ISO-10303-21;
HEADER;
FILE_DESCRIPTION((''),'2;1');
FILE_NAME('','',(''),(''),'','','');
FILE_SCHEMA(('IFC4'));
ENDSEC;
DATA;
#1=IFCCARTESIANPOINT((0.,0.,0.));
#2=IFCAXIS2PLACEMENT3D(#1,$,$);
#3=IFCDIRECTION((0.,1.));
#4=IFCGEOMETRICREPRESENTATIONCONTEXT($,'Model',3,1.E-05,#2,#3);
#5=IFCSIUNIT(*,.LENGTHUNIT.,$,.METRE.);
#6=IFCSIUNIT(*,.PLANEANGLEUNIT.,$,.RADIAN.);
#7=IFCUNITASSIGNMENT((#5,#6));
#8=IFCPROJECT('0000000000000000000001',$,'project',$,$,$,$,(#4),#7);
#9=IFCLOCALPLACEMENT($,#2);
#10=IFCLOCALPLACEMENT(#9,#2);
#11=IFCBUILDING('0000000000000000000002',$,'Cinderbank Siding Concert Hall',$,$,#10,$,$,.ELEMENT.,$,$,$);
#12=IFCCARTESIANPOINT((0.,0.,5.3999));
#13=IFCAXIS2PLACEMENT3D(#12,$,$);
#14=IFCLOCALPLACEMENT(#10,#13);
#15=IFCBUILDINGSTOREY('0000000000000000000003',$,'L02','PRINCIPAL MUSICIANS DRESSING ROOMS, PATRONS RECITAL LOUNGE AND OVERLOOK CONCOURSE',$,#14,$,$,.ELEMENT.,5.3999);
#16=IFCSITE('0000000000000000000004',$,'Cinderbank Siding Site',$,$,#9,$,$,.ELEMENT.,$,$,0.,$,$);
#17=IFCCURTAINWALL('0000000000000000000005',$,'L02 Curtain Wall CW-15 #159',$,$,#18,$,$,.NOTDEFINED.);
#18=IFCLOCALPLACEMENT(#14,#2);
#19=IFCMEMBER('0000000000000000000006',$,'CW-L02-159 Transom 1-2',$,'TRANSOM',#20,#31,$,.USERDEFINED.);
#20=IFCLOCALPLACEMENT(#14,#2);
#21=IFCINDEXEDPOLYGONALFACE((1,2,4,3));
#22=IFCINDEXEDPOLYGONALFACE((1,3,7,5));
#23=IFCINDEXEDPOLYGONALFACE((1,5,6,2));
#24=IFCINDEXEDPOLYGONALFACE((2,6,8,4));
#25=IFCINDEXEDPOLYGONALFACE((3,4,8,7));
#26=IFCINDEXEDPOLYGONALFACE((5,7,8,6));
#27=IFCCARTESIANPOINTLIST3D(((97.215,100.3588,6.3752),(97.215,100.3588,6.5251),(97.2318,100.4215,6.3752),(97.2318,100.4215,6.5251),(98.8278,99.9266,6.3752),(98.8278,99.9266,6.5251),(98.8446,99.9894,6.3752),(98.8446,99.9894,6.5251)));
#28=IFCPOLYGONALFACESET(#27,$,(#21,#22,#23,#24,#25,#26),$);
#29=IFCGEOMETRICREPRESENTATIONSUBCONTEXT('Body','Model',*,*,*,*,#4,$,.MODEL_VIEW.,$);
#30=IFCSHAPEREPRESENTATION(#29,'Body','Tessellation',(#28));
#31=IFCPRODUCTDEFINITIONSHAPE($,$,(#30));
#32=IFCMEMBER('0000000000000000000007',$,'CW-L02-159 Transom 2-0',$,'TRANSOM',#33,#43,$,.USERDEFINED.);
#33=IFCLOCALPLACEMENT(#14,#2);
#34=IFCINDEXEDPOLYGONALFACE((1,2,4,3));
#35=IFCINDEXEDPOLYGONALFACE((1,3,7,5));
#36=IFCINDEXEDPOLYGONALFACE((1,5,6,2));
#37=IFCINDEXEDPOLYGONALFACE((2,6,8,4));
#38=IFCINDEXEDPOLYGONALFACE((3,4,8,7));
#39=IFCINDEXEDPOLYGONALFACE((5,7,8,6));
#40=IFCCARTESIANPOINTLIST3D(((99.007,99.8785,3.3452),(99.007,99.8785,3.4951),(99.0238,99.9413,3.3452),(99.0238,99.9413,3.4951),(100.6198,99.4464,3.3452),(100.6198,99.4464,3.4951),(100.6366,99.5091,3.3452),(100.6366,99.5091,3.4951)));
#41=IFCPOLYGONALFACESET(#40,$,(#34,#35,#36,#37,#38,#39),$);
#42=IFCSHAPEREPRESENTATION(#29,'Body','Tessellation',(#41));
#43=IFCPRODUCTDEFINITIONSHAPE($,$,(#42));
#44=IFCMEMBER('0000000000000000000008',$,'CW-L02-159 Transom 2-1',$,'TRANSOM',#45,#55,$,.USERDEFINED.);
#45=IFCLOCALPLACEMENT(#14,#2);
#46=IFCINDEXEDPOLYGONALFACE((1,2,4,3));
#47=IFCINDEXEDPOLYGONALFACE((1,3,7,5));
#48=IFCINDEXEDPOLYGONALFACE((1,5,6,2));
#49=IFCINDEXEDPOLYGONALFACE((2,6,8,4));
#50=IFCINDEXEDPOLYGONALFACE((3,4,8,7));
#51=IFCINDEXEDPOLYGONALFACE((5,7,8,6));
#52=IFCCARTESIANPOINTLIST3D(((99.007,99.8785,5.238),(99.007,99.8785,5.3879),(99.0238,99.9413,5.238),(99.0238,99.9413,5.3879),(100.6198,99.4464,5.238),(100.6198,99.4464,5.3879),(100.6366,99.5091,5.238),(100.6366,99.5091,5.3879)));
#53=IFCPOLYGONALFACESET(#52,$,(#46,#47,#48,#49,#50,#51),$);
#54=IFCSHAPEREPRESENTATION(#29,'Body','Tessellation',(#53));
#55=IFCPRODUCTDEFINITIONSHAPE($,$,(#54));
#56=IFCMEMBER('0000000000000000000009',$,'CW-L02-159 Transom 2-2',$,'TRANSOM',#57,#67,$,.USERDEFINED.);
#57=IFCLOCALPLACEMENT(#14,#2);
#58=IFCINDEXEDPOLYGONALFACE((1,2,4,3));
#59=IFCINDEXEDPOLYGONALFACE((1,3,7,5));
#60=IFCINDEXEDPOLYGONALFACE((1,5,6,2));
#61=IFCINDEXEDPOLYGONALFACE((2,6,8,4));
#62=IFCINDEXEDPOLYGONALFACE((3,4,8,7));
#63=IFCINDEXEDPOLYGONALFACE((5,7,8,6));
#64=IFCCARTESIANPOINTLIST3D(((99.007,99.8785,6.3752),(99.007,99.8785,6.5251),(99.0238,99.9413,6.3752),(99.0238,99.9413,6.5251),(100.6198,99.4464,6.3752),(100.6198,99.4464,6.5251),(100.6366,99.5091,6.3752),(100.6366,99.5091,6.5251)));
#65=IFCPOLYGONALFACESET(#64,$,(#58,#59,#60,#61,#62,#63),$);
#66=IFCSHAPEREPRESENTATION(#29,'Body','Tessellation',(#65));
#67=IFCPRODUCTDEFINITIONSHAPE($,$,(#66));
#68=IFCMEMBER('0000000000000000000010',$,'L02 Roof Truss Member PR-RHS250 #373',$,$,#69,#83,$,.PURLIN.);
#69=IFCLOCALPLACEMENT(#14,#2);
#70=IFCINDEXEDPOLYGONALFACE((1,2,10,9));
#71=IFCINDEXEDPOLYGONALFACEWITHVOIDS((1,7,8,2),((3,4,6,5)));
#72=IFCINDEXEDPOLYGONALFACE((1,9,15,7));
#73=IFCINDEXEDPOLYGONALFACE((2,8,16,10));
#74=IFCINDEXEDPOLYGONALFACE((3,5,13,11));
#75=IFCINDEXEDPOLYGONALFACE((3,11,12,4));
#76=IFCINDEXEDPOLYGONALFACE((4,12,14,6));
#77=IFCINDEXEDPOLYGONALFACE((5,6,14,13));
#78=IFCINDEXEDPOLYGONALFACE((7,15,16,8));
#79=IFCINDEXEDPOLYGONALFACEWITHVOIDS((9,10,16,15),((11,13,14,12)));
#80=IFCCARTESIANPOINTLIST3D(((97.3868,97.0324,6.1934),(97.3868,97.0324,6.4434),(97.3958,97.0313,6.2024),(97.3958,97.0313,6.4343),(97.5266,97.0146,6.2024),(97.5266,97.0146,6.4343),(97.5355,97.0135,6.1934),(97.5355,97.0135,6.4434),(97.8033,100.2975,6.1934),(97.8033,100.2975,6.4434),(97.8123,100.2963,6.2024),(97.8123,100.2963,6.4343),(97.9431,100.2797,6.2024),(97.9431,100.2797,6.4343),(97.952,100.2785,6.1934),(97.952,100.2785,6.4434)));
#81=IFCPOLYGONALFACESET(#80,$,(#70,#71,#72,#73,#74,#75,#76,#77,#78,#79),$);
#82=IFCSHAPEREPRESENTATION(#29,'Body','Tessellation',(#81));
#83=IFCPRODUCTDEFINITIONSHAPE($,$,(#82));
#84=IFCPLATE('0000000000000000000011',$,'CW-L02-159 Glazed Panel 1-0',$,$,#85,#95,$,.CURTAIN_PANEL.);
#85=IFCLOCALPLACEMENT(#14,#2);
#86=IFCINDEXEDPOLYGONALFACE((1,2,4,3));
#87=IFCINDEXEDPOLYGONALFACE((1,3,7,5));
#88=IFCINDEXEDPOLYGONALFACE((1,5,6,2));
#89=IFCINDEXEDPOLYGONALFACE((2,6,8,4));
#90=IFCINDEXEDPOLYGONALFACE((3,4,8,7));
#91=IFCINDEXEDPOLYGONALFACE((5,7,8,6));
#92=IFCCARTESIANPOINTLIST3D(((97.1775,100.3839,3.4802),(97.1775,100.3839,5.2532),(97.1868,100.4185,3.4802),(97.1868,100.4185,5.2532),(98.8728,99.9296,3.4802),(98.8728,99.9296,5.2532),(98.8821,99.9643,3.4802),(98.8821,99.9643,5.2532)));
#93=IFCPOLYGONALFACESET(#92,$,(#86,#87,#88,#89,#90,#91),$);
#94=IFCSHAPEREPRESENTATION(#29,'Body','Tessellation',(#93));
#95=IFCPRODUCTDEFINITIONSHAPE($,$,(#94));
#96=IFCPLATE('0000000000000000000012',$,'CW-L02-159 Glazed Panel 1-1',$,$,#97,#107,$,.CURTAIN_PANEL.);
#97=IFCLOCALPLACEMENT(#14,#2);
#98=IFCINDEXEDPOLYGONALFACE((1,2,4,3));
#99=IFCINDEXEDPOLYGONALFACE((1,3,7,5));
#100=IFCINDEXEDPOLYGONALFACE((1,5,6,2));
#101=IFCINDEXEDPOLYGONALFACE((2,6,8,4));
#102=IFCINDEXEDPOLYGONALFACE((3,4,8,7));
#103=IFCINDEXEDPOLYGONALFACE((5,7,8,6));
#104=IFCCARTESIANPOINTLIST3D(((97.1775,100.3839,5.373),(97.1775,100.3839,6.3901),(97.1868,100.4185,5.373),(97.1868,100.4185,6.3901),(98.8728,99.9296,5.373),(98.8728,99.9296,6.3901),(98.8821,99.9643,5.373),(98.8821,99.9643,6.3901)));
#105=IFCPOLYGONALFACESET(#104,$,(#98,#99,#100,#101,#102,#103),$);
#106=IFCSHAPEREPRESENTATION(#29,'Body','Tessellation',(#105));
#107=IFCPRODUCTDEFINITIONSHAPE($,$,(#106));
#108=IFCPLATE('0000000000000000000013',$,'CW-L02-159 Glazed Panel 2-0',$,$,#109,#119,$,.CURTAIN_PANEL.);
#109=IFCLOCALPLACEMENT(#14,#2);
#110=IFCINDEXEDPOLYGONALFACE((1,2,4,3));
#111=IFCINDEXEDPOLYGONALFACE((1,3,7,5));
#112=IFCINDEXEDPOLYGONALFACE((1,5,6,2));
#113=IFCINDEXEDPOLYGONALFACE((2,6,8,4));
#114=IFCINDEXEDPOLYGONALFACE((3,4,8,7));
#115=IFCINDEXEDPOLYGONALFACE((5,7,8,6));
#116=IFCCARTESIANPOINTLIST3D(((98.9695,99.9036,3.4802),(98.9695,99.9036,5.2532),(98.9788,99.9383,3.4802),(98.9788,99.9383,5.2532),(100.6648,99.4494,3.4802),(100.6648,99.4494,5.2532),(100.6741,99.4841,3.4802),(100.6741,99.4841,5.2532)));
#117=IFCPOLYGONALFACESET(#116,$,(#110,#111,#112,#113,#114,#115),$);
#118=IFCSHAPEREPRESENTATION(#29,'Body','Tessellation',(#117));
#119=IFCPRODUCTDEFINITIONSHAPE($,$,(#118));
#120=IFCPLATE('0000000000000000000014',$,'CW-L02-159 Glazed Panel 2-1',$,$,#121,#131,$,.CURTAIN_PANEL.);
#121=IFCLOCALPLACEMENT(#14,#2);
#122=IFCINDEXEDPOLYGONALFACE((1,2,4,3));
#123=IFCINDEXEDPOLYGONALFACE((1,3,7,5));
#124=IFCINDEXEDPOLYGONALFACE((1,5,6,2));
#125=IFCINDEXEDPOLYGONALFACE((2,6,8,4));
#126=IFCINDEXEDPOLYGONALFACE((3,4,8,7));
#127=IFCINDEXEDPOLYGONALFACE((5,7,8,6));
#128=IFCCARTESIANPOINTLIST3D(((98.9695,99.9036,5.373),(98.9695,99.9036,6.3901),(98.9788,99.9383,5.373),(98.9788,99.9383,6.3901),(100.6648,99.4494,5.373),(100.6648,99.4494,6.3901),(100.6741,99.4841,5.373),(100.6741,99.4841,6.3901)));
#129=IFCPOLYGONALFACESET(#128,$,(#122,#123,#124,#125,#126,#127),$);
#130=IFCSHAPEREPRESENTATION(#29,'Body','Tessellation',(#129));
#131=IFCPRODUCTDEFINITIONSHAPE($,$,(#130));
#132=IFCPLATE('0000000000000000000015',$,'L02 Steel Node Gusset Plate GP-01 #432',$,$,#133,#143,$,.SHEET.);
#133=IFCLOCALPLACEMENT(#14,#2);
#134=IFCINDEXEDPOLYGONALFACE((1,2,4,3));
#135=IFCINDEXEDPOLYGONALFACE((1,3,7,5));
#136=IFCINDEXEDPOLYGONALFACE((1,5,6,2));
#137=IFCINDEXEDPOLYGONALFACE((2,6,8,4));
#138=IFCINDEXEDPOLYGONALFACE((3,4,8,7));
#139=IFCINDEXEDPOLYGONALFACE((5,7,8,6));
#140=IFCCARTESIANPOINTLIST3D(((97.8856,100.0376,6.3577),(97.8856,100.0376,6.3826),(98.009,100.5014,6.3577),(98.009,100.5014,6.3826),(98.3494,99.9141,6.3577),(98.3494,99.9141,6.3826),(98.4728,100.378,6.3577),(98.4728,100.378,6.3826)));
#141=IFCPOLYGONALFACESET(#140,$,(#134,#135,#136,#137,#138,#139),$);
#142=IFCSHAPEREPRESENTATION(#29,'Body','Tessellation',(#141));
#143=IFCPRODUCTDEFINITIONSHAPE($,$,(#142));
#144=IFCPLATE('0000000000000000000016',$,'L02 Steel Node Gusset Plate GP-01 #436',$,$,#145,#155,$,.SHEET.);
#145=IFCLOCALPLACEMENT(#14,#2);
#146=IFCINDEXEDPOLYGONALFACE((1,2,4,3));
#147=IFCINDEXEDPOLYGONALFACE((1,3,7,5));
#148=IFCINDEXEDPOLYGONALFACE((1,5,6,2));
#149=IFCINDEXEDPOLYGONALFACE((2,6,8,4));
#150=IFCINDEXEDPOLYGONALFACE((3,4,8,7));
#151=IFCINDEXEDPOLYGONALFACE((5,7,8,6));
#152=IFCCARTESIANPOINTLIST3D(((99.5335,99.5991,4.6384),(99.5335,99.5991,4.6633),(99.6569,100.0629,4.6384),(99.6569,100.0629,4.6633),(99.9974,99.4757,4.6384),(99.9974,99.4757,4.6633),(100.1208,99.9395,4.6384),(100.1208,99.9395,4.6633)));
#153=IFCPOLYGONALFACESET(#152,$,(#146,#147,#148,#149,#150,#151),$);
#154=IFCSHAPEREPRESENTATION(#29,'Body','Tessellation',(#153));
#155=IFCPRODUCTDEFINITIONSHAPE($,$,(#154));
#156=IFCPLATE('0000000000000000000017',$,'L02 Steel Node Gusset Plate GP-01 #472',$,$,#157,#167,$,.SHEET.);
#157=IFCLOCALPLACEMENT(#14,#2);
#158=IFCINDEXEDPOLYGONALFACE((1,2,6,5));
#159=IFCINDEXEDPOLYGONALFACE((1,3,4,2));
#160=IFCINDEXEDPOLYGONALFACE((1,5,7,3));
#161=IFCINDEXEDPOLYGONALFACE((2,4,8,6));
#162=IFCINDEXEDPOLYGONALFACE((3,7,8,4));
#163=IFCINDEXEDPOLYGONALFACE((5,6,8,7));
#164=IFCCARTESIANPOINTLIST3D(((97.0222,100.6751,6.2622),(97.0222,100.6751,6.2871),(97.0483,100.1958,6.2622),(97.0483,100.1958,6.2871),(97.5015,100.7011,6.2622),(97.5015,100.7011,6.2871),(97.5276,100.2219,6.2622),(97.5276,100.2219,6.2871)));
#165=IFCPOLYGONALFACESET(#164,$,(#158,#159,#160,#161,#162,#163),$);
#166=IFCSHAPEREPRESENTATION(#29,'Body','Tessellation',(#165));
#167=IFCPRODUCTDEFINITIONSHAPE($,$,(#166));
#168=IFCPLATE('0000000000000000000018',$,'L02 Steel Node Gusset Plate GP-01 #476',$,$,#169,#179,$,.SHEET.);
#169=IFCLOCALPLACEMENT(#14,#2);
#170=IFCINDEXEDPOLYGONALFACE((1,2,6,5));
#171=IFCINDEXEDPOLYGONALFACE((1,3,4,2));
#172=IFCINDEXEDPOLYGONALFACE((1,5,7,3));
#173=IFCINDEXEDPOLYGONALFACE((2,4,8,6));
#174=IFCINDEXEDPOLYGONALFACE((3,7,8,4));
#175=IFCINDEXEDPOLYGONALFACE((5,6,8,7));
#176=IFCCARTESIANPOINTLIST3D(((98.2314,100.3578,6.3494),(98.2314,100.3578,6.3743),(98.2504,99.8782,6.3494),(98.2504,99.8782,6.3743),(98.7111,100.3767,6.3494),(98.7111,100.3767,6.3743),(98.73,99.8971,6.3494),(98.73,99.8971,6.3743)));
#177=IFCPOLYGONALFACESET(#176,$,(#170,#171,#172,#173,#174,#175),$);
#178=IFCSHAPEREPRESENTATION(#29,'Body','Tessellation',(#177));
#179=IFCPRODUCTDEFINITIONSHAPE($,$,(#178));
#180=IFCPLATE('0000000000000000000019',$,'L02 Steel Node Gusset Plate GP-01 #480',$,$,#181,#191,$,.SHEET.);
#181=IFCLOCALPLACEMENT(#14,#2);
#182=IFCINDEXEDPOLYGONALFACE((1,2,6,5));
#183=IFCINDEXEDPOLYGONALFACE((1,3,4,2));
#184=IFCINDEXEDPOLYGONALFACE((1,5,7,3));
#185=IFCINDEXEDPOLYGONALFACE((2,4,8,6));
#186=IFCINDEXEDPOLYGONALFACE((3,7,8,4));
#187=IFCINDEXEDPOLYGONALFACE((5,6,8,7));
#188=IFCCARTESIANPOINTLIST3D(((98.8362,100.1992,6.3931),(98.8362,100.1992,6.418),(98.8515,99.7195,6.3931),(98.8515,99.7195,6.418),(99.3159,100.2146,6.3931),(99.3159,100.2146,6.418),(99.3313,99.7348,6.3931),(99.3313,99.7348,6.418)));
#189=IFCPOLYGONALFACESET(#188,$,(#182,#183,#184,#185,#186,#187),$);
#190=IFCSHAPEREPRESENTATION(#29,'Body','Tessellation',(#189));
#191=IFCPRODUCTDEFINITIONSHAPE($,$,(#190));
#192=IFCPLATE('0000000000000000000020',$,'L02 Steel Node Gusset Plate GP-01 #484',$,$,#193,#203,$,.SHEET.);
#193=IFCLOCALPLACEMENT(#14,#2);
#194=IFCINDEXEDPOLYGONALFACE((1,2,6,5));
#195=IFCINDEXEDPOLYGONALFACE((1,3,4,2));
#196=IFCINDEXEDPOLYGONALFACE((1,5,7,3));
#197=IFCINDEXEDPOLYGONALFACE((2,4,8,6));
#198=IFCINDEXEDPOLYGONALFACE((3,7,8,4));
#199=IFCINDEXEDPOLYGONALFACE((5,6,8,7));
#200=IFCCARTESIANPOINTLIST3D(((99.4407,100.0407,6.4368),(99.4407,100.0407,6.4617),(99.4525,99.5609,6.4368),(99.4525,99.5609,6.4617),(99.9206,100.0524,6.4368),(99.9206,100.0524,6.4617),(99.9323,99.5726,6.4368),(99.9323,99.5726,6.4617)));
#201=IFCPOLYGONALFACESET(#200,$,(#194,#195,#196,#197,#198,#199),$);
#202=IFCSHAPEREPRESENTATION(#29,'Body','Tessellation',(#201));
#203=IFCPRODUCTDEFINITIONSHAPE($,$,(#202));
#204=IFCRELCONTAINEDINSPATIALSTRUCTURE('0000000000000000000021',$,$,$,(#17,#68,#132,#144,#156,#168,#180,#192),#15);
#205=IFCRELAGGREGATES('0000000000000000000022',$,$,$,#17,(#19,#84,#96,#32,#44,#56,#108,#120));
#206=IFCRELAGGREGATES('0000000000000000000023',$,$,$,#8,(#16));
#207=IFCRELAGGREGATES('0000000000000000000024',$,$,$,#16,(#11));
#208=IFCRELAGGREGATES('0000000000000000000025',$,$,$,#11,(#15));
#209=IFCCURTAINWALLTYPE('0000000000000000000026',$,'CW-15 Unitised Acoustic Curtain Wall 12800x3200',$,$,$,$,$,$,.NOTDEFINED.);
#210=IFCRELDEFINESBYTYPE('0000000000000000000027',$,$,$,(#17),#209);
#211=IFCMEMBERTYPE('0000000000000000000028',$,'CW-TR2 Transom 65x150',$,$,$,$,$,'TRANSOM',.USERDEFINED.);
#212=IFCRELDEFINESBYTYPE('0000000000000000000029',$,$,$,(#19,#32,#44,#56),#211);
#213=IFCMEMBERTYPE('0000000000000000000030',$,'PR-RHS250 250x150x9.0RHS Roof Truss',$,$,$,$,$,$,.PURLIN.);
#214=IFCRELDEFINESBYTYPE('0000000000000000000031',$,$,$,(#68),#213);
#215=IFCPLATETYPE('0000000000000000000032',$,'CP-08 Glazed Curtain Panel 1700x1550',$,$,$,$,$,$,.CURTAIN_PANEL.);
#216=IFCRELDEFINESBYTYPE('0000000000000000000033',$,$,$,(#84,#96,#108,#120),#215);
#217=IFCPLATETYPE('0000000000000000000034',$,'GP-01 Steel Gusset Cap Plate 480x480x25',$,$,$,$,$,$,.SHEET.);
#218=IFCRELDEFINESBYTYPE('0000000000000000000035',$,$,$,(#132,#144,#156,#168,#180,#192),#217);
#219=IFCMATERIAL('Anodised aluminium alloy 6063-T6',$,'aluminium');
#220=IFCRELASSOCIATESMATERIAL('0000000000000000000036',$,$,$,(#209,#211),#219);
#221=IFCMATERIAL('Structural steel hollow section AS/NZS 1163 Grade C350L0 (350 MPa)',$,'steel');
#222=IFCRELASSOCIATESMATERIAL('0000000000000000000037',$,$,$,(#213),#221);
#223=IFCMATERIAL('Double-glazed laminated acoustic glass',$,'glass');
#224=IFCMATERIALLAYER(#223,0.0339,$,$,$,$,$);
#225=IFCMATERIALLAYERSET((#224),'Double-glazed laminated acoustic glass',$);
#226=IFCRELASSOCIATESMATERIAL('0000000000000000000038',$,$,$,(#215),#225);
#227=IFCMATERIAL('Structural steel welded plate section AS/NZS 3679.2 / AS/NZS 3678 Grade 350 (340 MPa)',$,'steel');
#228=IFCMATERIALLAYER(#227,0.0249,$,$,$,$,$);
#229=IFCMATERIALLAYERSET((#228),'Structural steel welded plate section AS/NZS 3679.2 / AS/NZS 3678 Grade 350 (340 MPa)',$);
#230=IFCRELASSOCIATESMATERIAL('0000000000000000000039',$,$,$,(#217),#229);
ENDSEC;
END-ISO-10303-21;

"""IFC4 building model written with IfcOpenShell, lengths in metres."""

from ifc_helpers import new_model, si_unit, direction, frame, origin, origin_2d, place, context, subcontext, project, spatial, rectangle, hollow_rectangle, extrude, material, layer, layer_set, material_profile, profile_set, type_object, element, aggregate, save


model = new_model("IFC4")

# Units and contexts
model_context = context("Model", 3, precision=1e-05, world=origin(), true_north=direction((0.0, 1.0)))
body_context = subcontext(model_context, "Body", "Model", "MODEL_VIEW")
ifc_project = project(units=[si_unit("LENGTHUNIT", "METRE"), si_unit("PLANEANGLEUNIT", "RADIAN")], contexts=[model_context])

# Site, building, storey
site_placement = place(None, origin())
site = spatial("IfcSite", under=ifc_project, at=site_placement, Name="Cinderbank Siding Site", CompositionType="ELEMENT", RefElevation=0.0)
building_placement = place(site_placement, origin())
building = spatial("IfcBuilding", under=site, at=building_placement, Name="Cinderbank Siding Concert Hall", CompositionType="ELEMENT")
storey_placement = place(building_placement, frame((0.0, 0.0, 5.3999)))
storey = spatial("IfcBuildingStorey", under=building, at=storey_placement, Name="L02", Description="PRINCIPAL MUSICIANS DRESSING ROOMS, PATRONS RECITAL LOUNGE AND OVERLOOK CONCOURSE", CompositionType="ELEMENT", Elevation=5.3999)

# Shared definitions
ifc_material_1 = material(Name="Structural steel hollow section AS/NZS 1163 Grade C350L0 (350 MPa)", Category="steel")

# Curtain wall, members
ifc_material_2 = material(Name="Anodised aluminium alloy 6063-T6", Category="aluminium")
curtain_wall_type = type_object("IfcCurtainWallType", Name="CW-15 Unitised Acoustic Curtain Wall 12800x3200", PredefinedType="NOTDEFINED", material=ifc_material_2)
curtain_wall_placement = place(storey_placement, origin())
curtain_wall = element("IfcCurtainWall", 1, at=curtain_wall_placement, inside=storey, type_object=curtain_wall_type, Name="L02 Curtain Wall CW-15 #159", PredefinedType="NOTDEFINED")
ifc_material_profile_1 = material_profile(ifc_material_2, rectangle(XDim=0.0649, YDim=0.1499, at=origin_2d()), Name="ALU-TRAN-65x150", Category="LoadBearing")
ifc_profile_set_1 = profile_set([ifc_material_profile_1], Name="Anodised aluminium alloy 6063-T6")
member_type_1 = type_object("IfcMemberType", Name="CW-TR2 Transom 65x150", ElementType="TRANSOM", PredefinedType="USERDEFINED", material=ifc_profile_set_1)
member_1_placement = place(storey_placement, frame((97.2234, 100.3901, 6.4502), z_axis=(0.965928, -0.258809, 0.0), x_axis=(0.258809, 0.965928, 0.0)))
member_1 = element("IfcMember", 2, at=member_1_placement, type_object=member_type_1, Name="CW-L02-159 Transom 1-2", ObjectType="TRANSOM", PredefinedType="USERDEFINED", context=body_context, shape_type="SweptSolid", body=[
    extrude(rectangle(XDim=0.0649, YDim=0.1499, at=origin_2d()), origin(), (0.0, 0.0, 1.0), 1.6697),
])
member_2_placement = place(storey_placement, frame((99.0154, 99.9099, 3.4202), z_axis=(0.965928, -0.258809, 0.0), x_axis=(0.258809, 0.965928, 0.0)))
member_2 = element("IfcMember", 3, at=member_2_placement, type_object=member_type_1, Name="CW-L02-159 Transom 2-0", ObjectType="TRANSOM", PredefinedType="USERDEFINED", context=body_context, shape_type="SweptSolid", body=[
    extrude(rectangle(XDim=0.0649, YDim=0.1499, at=origin_2d()), origin(), (0.0, 0.0, 1.0), 1.6697),
])
member_3_placement = place(storey_placement, frame((99.0154, 99.9099, 5.313), z_axis=(0.965928, -0.258809, 0.0), x_axis=(0.258809, 0.965928, 0.0)))
member_3 = element("IfcMember", 4, at=member_3_placement, type_object=member_type_1, Name="CW-L02-159 Transom 2-1", ObjectType="TRANSOM", PredefinedType="USERDEFINED", context=body_context, shape_type="SweptSolid", body=[
    extrude(rectangle(XDim=0.0649, YDim=0.1499, at=origin_2d()), origin(), (0.0, 0.0, 1.0), 1.6697),
])
member_4_placement = place(storey_placement, frame((99.0154, 99.9099, 6.4502), z_axis=(0.965928, -0.258809, 0.0), x_axis=(0.258809, 0.965928, 0.0)))
member_4 = element("IfcMember", 5, at=member_4_placement, type_object=member_type_1, Name="CW-L02-159 Transom 2-2", ObjectType="TRANSOM", PredefinedType="USERDEFINED", context=body_context, shape_type="SweptSolid", body=[
    extrude(rectangle(XDim=0.0649, YDim=0.1499, at=origin_2d()), origin(), (0.0, 0.0, 1.0), 1.6697),
])

# Member
ifc_material_profile_2 = material_profile(ifc_material_1, hollow_rectangle(XDim=0.1499, YDim=0.25, WallThickness=0.009, at=origin_2d()), Name="250x150x9.0RHS", Category="LoadBearing")
ifc_profile_set_2 = profile_set([ifc_material_profile_2], Name="Structural steel hollow section AS/NZS 1163 Grade C350L0 (350 MPa)")
member_type_2 = type_object("IfcMemberType", Name="PR-RHS250 250x150x9.0RHS Roof Truss", PredefinedType="PURLIN", material=ifc_profile_set_2)
member_5_placement = place(storey_placement, frame((97.4612, 97.0229, 6.3184), z_axis=(0.126536, 0.991962, 0.0), x_axis=(-0.991962, 0.126536, 0.0)))
element("IfcMember", 6, at=member_5_placement, inside=storey, type_object=member_type_2, Name="L02 Roof Truss Member PR-RHS250 #373", PredefinedType="PURLIN", context=body_context, shape_type="SweptSolid", body=[
    extrude(hollow_rectangle(XDim=0.1499, YDim=0.25, WallThickness=0.009, at=origin_2d()), origin(), (0.0, 0.0, 1.0), 3.2915),
])

# Plates
ifc_material_3 = material(Name="Double-glazed laminated acoustic glass", Category="glass")
ifc_layer_1 = layer(ifc_material_3, 0.0339)
ifc_layer_set_1 = layer_set([ifc_layer_1], Name="Double-glazed laminated acoustic glass")
plate_type_1 = type_object("IfcPlateType", Name="CP-08 Glazed Curtain Panel 1700x1550", PredefinedType="CURTAIN_PANEL", material=ifc_layer_set_1)
plate_1_placement = place(storey_placement, frame((98.0298, 100.1741, 3.4802), z_axis=(0.0, 0.0, 1.0), x_axis=(0.965926, -0.258818, 0.0)))
plate_1 = element("IfcPlate", 7, at=plate_1_placement, type_object=plate_type_1, Name="CW-L02-159 Glazed Panel 1-0", PredefinedType="CURTAIN_PANEL", context=body_context, shape_type="SweptSolid", body=[
    extrude(rectangle(XDim=1.7551, YDim=0.0359, at=origin_2d()), origin(), (0.0, 0.0, 1.0), 1.7729),
])
plate_2_placement = place(storey_placement, frame((98.0298, 100.1741, 5.373), z_axis=(0.0, 0.0, 1.0), x_axis=(0.965926, -0.258818, 0.0)))
plate_2 = element("IfcPlate", 8, at=plate_2_placement, type_object=plate_type_1, Name="CW-L02-159 Glazed Panel 1-1", PredefinedType="CURTAIN_PANEL", context=body_context, shape_type="SweptSolid", body=[
    extrude(rectangle(XDim=1.7551, YDim=0.0359, at=origin_2d()), origin(), (0.0, 0.0, 1.0), 1.0171),
])
plate_3_placement = place(storey_placement, frame((99.8218, 99.6938, 3.4802), z_axis=(0.0, 0.0, 1.0), x_axis=(0.965926, -0.258818, 0.0)))
plate_3 = element("IfcPlate", 9, at=plate_3_placement, type_object=plate_type_1, Name="CW-L02-159 Glazed Panel 2-0", PredefinedType="CURTAIN_PANEL", context=body_context, shape_type="SweptSolid", body=[
    extrude(rectangle(XDim=1.7551, YDim=0.0359, at=origin_2d()), origin(), (0.0, 0.0, 1.0), 1.7729),
])
plate_4_placement = place(storey_placement, frame((99.8218, 99.6938, 5.373), z_axis=(0.0, 0.0, 1.0), x_axis=(0.965926, -0.258818, 0.0)))
plate_4 = element("IfcPlate", 10, at=plate_4_placement, type_object=plate_type_1, Name="CW-L02-159 Glazed Panel 2-1", PredefinedType="CURTAIN_PANEL", context=body_context, shape_type="SweptSolid", body=[
    extrude(rectangle(XDim=1.7551, YDim=0.0359, at=origin_2d()), origin(), (0.0, 0.0, 1.0), 1.0171),
])
aggregate(curtain_wall, [member_1, plate_1, plate_2, member_2, member_3, member_4, plate_3, plate_4])

# Plates
ifc_material_4 = material(Name="Structural steel welded plate section AS/NZS 3679.2 / AS/NZS 3678 Grade 350 (340 MPa)", Category="steel")
ifc_layer_2 = layer(ifc_material_4, 0.0249)
ifc_layer_set_2 = layer_set([ifc_layer_2], Name="Structural steel welded plate section AS/NZS 3679.2 / AS/NZS 3678 Grade 350 (340 MPa)")
plate_type_2 = type_object("IfcPlateType", Name="GP-01 Steel Gusset Cap Plate 480x480x25", PredefinedType="SHEET", material=ifc_layer_set_2)
for number, where, z_axis, x_axis, name in (
    (11, (98.1792, 100.2078, 6.3577), (0.0, 0.0, 1.0), (0.966376, -0.257133, 0.0), "L02 Steel Node Gusset Plate GP-01 #432"),
    (12, (99.8271, 99.7693, 4.6384), (0.0, 0.0, 1.0), (0.966376, -0.257133, 0.0), "L02 Steel Node Gusset Plate GP-01 #436"),
    (13, (97.2749, 100.4485, 6.2622), (0.0, 0.0, 1.0), (0.054253, -0.998527, 0.0), "L02 Steel Node Gusset Plate GP-01 #472"),
    (14, (98.4807, 100.1274, 6.3494), (0.0, 0.0, 1.0), (0.039434, -0.999222, 0.0), "L02 Steel Node Gusset Plate GP-01 #476"),
    (15, (99.0837, 99.967, 6.3931), (0.0, 0.0, 1.0), (0.031934, -0.99949, 0.0), "L02 Steel Node Gusset Plate GP-01 #480"),
    (16, (99.6865, 99.8066, 6.4368), (0.0, 0.0, 1.0), (0.024432, -0.999701, 0.0), "L02 Steel Node Gusset Plate GP-01 #484"),
):
    element("IfcPlate", number, at=place(storey_placement, frame(where, z_axis=z_axis, x_axis=x_axis)), inside=storey, type_object=plate_type_2, Name=name, PredefinedType="SHEET", context=body_context, shape_type="SweptSolid", body=[
        extrude(rectangle(XDim=0.48, YDim=0.48, at=origin_2d()), origin(), (0.0, 0.0, 1.0), 0.0249),
    ])

save(model, "model.ifc")
